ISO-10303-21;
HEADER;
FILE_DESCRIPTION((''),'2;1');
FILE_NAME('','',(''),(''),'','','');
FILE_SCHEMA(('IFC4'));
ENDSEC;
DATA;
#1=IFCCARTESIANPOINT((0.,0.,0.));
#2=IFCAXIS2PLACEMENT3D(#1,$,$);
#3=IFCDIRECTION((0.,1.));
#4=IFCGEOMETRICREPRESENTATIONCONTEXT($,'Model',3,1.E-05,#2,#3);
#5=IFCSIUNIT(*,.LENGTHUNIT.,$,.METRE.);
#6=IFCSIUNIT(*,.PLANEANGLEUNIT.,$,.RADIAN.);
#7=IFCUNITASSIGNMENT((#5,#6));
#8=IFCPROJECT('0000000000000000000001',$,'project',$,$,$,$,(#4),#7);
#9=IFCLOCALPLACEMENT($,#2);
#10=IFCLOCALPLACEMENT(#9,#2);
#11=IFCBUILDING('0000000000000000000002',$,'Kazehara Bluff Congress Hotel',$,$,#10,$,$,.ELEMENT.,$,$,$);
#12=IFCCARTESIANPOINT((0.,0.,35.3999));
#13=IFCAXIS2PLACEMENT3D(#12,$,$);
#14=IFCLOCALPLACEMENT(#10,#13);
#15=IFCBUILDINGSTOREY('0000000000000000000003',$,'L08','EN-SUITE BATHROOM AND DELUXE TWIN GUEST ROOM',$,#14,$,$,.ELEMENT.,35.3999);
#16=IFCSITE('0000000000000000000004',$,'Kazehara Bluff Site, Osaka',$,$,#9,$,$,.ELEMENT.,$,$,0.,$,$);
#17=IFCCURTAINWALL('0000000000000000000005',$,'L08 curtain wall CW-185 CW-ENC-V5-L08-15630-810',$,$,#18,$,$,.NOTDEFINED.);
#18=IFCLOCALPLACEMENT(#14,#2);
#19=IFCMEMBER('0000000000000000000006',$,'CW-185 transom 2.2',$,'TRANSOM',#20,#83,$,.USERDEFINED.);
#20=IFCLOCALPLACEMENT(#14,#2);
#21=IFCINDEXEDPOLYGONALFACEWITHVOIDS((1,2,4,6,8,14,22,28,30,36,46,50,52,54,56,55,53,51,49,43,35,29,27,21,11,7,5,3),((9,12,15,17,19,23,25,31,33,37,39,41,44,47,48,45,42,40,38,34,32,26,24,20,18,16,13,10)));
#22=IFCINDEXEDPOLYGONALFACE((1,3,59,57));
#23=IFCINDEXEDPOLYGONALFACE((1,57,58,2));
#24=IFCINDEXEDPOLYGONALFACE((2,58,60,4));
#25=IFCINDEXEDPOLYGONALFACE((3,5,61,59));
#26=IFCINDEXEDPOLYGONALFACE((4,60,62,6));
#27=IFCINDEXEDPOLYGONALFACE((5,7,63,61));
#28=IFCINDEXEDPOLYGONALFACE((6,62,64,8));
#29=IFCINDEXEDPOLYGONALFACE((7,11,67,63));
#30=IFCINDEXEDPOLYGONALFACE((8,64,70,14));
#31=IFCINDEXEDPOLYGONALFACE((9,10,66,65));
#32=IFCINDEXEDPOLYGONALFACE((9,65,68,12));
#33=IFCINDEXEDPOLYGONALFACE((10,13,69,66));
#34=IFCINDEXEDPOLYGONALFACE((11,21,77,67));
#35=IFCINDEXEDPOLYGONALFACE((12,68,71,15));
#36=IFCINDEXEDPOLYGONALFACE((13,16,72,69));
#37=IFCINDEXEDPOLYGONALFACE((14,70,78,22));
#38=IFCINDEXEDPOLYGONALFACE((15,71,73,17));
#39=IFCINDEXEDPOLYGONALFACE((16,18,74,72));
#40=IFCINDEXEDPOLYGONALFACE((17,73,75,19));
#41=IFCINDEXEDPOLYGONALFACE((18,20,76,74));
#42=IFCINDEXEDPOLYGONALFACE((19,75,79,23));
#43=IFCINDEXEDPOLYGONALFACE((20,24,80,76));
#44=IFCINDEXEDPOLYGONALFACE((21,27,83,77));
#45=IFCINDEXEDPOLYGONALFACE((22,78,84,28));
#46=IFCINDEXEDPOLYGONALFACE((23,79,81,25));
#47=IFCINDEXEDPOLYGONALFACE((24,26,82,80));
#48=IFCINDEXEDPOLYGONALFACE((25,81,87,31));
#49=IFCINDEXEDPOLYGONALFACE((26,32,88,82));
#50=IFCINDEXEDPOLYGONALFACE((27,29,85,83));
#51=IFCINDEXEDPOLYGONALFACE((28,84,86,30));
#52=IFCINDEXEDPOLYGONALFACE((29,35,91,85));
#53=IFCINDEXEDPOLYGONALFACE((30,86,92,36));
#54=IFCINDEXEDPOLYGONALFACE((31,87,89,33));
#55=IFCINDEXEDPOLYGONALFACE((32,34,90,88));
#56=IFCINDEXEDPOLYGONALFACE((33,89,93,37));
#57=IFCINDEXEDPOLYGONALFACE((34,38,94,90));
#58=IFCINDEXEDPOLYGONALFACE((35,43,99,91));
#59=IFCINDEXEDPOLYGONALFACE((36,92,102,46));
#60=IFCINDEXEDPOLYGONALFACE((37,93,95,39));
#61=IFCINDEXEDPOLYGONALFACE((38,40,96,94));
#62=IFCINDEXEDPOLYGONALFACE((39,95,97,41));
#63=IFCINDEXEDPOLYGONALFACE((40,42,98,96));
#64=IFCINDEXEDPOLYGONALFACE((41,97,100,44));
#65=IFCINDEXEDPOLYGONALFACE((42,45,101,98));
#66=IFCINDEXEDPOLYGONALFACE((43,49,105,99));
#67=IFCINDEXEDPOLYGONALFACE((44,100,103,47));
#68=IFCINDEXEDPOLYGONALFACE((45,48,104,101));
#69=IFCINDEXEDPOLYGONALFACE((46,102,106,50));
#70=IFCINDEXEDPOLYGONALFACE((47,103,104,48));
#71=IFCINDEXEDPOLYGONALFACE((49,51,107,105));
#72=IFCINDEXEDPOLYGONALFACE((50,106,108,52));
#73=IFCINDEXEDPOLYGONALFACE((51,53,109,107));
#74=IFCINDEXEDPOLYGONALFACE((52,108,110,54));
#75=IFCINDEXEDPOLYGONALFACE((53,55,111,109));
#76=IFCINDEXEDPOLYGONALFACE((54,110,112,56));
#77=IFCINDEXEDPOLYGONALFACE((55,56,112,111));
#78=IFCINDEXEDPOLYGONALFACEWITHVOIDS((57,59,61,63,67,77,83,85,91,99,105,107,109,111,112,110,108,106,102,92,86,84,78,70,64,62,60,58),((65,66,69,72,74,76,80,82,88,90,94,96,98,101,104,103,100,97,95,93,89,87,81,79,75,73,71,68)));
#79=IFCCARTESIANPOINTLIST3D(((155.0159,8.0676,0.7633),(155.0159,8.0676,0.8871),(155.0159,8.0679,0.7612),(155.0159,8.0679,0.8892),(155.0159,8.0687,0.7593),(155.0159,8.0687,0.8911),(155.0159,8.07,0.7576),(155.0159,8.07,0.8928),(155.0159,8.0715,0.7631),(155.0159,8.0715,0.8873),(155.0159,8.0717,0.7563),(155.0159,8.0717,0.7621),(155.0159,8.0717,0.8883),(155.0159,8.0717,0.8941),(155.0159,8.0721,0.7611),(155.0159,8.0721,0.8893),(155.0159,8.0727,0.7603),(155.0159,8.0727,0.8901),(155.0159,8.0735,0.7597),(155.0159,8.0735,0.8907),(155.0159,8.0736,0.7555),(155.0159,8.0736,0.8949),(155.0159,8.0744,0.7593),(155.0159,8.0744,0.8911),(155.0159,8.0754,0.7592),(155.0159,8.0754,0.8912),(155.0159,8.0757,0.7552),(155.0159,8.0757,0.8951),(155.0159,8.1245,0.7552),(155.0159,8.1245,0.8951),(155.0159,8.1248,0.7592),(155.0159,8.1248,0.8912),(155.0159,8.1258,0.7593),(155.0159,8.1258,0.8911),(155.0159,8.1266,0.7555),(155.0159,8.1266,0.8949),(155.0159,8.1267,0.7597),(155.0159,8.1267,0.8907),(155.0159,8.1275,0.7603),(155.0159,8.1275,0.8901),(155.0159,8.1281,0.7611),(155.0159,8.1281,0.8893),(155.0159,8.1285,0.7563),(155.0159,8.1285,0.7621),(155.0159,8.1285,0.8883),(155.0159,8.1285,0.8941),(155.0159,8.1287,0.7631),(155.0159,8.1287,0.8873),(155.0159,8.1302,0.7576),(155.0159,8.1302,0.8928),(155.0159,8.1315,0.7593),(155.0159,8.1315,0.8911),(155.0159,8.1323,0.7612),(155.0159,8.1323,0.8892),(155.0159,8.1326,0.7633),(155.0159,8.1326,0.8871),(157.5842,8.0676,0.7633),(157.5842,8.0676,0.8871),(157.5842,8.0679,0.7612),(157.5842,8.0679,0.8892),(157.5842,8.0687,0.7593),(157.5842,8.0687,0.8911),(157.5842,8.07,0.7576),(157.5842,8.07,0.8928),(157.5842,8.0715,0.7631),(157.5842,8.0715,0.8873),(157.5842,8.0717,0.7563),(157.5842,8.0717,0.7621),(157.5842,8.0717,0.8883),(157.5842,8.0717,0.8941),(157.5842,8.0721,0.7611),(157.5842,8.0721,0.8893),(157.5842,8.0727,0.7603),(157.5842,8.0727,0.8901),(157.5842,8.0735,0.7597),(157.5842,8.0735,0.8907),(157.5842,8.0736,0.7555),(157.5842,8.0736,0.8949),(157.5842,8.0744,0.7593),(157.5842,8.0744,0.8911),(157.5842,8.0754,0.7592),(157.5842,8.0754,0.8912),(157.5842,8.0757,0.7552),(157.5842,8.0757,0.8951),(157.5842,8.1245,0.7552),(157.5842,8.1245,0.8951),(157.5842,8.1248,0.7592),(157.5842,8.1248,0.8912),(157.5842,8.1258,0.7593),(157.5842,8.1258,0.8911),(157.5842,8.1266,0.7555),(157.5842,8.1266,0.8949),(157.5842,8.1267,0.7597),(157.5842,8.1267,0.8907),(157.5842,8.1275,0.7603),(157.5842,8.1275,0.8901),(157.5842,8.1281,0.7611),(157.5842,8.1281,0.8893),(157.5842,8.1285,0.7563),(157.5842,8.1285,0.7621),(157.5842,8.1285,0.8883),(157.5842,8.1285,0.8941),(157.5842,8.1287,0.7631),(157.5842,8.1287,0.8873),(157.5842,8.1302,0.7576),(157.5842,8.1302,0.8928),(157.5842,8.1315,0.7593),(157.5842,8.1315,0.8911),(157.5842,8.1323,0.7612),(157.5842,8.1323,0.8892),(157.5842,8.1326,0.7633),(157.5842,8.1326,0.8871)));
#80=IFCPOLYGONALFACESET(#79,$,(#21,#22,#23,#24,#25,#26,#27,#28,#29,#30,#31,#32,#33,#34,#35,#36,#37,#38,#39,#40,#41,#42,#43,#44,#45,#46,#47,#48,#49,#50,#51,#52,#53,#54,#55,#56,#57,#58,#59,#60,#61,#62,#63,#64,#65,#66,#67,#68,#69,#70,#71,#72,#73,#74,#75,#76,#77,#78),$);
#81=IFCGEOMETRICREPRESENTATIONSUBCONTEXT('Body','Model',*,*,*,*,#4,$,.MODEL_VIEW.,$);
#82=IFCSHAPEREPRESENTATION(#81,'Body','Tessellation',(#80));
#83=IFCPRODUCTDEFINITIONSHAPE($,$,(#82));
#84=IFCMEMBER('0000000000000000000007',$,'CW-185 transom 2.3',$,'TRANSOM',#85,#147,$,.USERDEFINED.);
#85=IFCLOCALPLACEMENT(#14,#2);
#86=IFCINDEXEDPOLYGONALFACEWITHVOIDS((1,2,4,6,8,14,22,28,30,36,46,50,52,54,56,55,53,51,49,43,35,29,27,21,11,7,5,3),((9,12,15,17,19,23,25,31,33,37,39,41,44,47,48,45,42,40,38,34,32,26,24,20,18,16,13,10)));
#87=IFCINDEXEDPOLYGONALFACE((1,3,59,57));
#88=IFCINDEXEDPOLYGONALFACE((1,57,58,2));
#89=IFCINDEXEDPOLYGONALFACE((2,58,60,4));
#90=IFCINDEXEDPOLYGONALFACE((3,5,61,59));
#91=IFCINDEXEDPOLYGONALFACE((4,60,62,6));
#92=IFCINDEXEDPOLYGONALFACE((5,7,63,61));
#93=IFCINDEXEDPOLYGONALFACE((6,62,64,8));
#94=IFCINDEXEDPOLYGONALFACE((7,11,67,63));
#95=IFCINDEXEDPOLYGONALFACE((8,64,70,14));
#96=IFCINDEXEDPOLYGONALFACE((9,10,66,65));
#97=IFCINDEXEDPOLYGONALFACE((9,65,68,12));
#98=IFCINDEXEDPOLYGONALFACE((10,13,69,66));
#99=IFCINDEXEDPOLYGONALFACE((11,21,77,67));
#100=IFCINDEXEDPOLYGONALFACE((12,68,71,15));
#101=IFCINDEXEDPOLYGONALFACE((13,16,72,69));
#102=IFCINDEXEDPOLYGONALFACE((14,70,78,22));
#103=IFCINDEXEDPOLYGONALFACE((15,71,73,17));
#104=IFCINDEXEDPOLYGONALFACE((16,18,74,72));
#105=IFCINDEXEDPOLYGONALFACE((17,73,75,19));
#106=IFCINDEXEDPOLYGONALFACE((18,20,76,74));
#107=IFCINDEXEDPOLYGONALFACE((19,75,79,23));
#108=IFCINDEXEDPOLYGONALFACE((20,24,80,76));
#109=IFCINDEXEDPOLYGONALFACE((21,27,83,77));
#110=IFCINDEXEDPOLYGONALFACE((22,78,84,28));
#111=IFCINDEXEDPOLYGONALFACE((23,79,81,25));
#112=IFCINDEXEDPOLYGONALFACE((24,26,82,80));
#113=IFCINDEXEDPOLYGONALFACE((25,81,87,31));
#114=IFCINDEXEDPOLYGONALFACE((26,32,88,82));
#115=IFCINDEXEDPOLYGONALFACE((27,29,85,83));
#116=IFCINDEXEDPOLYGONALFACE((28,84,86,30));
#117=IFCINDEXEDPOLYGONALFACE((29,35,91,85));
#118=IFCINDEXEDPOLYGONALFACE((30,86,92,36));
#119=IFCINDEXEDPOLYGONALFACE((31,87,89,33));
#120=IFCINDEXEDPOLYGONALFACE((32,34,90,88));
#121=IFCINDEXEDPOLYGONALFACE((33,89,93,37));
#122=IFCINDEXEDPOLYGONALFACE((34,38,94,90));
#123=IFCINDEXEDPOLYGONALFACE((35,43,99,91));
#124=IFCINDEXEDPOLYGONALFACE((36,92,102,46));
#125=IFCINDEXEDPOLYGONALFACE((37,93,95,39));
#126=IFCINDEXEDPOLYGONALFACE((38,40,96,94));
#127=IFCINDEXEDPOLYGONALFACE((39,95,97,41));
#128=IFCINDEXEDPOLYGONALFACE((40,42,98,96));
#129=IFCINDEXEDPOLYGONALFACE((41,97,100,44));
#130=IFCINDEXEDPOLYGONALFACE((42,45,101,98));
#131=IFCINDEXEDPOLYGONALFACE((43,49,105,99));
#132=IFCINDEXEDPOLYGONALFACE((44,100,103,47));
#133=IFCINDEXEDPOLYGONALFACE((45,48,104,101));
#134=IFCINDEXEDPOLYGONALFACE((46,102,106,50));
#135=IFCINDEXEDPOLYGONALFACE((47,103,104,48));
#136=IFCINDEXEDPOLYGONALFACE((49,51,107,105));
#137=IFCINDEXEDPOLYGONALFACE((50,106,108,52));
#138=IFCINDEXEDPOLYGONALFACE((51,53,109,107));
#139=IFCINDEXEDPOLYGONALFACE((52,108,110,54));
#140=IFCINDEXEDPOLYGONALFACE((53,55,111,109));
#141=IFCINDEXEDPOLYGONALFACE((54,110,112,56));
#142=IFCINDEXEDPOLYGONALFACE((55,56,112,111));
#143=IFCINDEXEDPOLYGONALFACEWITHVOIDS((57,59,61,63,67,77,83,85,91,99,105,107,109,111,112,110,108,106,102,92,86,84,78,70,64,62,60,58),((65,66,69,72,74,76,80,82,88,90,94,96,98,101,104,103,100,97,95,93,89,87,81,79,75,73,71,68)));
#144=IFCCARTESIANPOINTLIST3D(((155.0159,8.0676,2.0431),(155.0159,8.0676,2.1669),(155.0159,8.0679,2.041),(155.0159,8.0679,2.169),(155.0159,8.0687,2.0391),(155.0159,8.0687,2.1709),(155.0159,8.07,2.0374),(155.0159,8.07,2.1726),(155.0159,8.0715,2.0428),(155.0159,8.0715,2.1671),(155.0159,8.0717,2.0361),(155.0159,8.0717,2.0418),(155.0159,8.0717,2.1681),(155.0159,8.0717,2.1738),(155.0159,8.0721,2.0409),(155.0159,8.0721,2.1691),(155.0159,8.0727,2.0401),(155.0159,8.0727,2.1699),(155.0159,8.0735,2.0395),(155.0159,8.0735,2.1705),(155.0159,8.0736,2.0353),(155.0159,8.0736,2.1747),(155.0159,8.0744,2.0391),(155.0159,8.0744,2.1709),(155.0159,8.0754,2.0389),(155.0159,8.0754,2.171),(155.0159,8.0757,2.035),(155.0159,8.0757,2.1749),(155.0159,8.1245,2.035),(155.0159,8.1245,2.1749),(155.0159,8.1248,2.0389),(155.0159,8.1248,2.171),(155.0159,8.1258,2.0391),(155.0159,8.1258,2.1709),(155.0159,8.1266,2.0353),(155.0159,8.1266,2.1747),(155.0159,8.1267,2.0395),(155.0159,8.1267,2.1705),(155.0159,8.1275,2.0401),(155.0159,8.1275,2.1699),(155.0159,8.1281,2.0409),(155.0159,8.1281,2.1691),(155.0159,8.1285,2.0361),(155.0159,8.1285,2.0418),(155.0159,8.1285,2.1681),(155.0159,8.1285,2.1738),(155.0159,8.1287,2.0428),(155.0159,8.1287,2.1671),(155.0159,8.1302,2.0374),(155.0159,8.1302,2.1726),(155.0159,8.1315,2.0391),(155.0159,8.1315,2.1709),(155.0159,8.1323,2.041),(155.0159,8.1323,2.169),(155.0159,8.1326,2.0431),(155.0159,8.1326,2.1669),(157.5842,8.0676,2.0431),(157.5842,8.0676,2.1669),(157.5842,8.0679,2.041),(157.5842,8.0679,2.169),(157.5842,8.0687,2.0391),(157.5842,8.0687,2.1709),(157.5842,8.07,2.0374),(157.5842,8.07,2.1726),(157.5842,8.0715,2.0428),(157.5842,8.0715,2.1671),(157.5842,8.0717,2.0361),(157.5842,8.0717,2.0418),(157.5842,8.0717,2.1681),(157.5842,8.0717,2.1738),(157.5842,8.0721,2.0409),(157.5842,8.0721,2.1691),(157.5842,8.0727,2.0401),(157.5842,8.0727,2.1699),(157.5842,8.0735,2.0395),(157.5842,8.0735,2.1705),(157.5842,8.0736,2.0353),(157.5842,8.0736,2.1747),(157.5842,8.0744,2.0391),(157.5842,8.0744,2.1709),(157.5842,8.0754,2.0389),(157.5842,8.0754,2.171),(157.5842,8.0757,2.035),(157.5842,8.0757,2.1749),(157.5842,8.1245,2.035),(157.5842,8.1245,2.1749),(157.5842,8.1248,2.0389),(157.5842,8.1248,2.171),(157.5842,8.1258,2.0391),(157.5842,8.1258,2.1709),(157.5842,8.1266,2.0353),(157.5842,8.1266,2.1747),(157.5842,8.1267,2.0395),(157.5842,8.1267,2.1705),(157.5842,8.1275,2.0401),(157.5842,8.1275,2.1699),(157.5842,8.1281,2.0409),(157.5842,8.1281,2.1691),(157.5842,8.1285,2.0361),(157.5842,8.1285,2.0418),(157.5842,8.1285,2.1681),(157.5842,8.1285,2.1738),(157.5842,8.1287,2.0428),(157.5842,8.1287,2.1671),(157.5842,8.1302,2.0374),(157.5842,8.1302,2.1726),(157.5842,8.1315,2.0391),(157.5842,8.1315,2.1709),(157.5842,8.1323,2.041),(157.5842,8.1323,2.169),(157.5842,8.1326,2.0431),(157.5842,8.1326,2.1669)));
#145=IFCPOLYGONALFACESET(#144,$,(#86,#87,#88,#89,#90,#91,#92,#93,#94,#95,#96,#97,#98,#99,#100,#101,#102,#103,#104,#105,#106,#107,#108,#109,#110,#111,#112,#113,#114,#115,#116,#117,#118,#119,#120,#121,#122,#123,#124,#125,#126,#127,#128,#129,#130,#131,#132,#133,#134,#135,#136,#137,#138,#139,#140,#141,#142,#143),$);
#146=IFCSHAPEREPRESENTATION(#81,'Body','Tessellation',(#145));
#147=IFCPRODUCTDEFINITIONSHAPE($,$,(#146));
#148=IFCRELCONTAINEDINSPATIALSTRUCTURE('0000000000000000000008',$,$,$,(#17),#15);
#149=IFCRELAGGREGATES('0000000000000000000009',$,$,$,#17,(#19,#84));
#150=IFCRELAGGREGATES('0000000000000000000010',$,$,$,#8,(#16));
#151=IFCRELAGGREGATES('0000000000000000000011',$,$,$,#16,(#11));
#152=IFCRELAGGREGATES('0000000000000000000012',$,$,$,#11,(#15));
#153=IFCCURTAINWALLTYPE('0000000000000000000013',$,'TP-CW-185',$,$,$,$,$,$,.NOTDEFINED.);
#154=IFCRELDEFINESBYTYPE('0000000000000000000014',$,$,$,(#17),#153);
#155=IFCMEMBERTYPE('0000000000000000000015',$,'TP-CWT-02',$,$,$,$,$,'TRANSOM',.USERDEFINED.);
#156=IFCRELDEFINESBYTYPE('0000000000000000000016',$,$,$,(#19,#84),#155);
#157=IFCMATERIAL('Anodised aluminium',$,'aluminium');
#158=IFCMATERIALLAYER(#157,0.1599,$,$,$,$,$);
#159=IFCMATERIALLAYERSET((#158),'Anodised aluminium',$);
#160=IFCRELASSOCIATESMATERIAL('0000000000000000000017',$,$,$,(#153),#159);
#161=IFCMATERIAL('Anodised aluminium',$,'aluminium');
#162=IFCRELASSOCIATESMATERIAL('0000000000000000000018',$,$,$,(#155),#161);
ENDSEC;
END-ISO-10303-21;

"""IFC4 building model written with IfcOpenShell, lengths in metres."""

from ifc_helpers import new_model, si_unit, direction, frame, origin, origin_2d, place, context, subcontext, project, spatial, hollow_rectangle, extrude, material, layer, layer_set, material_profile, profile_set, type_object, element, aggregate, save


model = new_model("IFC4")

# Units and contexts
model_context = context("Model", 3, precision=1e-05, world=origin(), true_north=direction((0.0, 1.0)))
body_context = subcontext(model_context, "Body", "Model", "MODEL_VIEW")
ifc_project = project(units=[si_unit("LENGTHUNIT", "METRE"), si_unit("PLANEANGLEUNIT", "RADIAN")], contexts=[model_context])

# Site, building, storey
site_placement = place(None, origin())
site = spatial("IfcSite", under=ifc_project, at=site_placement, Name="Kazehara Bluff Site, Osaka", CompositionType="ELEMENT", RefElevation=0.0)
building_placement = place(site_placement, origin())
building = spatial("IfcBuilding", under=site, at=building_placement, Name="Kazehara Bluff Congress Hotel", CompositionType="ELEMENT")
storey_placement = place(building_placement, frame((0.0, 0.0, 35.3999)))
storey = spatial("IfcBuildingStorey", under=building, at=storey_placement, Name="L08", Description="EN-SUITE BATHROOM AND DELUXE TWIN GUEST ROOM", CompositionType="ELEMENT", Elevation=35.3999)

# Curtain wall, members
ifc_material_1 = material(Name="Anodised aluminium", Category="aluminium")
ifc_layer_1 = layer(ifc_material_1, 0.1599)
ifc_layer_set_1 = layer_set([ifc_layer_1], Name="Anodised aluminium")
curtain_wall_type = type_object("IfcCurtainWallType", Name="TP-CW-185", PredefinedType="NOTDEFINED", material=ifc_layer_set_1)
curtain_wall_placement = place(storey_placement, origin())
curtain_wall = element("IfcCurtainWall", 1, at=curtain_wall_placement, inside=storey, type_object=curtain_wall_type, Name="L08 curtain wall CW-185 CW-ENC-V5-L08-15630-810", PredefinedType="NOTDEFINED")
ifc_material_2 = material(Name="Anodised aluminium", Category="aluminium")
ifc_material_profile_1 = material_profile(ifc_material_2, hollow_rectangle(XDim=0.0649, YDim=0.1399, WallThickness=0.0039, InnerFilletRadius=0.0039, OuterFilletRadius=0.0081, at=origin_2d()))
ifc_profile_set_1 = profile_set([ifc_material_profile_1], Name="Anodised aluminium")
member_type_1 = type_object("IfcMemberType", Name="TP-CWT-02", ElementType="TRANSOM", PredefinedType="USERDEFINED", material=ifc_profile_set_1)
member_1_placement = place(storey_placement, frame((157.5842, 8.1001, 0.8252), z_axis=(-1.0, 0.0, 0.0), x_axis=(0.0, -1.0, 0.0)))
member_1 = element("IfcMember", 2, at=member_1_placement, type_object=member_type_1, Name="CW-185 transom 2.2", ObjectType="TRANSOM", PredefinedType="USERDEFINED", context=body_context, shape_type="SweptSolid", body=[
    extrude(hollow_rectangle(XDim=0.0649, YDim=0.1399, WallThickness=0.0039, InnerFilletRadius=0.0039, OuterFilletRadius=0.0081, at=origin_2d()), origin(), (0.0, 0.0, 1.0), 2.5684),
])
member_2_placement = place(storey_placement, frame((157.5842, 8.1001, 2.105), z_axis=(-1.0, 0.0, 0.0), x_axis=(0.0, -1.0, 0.0)))
member_2 = element("IfcMember", 3, at=member_2_placement, type_object=member_type_1, Name="CW-185 transom 2.3", ObjectType="TRANSOM", PredefinedType="USERDEFINED", context=body_context, shape_type="SweptSolid", body=[
    extrude(hollow_rectangle(XDim=0.0649, YDim=0.1399, WallThickness=0.0039, InnerFilletRadius=0.0039, OuterFilletRadius=0.0081, at=origin_2d()), origin(), (0.0, 0.0, 1.0), 2.5684),
])

aggregate(curtain_wall, [member_1, member_2])

save(model, "model.ifc")
